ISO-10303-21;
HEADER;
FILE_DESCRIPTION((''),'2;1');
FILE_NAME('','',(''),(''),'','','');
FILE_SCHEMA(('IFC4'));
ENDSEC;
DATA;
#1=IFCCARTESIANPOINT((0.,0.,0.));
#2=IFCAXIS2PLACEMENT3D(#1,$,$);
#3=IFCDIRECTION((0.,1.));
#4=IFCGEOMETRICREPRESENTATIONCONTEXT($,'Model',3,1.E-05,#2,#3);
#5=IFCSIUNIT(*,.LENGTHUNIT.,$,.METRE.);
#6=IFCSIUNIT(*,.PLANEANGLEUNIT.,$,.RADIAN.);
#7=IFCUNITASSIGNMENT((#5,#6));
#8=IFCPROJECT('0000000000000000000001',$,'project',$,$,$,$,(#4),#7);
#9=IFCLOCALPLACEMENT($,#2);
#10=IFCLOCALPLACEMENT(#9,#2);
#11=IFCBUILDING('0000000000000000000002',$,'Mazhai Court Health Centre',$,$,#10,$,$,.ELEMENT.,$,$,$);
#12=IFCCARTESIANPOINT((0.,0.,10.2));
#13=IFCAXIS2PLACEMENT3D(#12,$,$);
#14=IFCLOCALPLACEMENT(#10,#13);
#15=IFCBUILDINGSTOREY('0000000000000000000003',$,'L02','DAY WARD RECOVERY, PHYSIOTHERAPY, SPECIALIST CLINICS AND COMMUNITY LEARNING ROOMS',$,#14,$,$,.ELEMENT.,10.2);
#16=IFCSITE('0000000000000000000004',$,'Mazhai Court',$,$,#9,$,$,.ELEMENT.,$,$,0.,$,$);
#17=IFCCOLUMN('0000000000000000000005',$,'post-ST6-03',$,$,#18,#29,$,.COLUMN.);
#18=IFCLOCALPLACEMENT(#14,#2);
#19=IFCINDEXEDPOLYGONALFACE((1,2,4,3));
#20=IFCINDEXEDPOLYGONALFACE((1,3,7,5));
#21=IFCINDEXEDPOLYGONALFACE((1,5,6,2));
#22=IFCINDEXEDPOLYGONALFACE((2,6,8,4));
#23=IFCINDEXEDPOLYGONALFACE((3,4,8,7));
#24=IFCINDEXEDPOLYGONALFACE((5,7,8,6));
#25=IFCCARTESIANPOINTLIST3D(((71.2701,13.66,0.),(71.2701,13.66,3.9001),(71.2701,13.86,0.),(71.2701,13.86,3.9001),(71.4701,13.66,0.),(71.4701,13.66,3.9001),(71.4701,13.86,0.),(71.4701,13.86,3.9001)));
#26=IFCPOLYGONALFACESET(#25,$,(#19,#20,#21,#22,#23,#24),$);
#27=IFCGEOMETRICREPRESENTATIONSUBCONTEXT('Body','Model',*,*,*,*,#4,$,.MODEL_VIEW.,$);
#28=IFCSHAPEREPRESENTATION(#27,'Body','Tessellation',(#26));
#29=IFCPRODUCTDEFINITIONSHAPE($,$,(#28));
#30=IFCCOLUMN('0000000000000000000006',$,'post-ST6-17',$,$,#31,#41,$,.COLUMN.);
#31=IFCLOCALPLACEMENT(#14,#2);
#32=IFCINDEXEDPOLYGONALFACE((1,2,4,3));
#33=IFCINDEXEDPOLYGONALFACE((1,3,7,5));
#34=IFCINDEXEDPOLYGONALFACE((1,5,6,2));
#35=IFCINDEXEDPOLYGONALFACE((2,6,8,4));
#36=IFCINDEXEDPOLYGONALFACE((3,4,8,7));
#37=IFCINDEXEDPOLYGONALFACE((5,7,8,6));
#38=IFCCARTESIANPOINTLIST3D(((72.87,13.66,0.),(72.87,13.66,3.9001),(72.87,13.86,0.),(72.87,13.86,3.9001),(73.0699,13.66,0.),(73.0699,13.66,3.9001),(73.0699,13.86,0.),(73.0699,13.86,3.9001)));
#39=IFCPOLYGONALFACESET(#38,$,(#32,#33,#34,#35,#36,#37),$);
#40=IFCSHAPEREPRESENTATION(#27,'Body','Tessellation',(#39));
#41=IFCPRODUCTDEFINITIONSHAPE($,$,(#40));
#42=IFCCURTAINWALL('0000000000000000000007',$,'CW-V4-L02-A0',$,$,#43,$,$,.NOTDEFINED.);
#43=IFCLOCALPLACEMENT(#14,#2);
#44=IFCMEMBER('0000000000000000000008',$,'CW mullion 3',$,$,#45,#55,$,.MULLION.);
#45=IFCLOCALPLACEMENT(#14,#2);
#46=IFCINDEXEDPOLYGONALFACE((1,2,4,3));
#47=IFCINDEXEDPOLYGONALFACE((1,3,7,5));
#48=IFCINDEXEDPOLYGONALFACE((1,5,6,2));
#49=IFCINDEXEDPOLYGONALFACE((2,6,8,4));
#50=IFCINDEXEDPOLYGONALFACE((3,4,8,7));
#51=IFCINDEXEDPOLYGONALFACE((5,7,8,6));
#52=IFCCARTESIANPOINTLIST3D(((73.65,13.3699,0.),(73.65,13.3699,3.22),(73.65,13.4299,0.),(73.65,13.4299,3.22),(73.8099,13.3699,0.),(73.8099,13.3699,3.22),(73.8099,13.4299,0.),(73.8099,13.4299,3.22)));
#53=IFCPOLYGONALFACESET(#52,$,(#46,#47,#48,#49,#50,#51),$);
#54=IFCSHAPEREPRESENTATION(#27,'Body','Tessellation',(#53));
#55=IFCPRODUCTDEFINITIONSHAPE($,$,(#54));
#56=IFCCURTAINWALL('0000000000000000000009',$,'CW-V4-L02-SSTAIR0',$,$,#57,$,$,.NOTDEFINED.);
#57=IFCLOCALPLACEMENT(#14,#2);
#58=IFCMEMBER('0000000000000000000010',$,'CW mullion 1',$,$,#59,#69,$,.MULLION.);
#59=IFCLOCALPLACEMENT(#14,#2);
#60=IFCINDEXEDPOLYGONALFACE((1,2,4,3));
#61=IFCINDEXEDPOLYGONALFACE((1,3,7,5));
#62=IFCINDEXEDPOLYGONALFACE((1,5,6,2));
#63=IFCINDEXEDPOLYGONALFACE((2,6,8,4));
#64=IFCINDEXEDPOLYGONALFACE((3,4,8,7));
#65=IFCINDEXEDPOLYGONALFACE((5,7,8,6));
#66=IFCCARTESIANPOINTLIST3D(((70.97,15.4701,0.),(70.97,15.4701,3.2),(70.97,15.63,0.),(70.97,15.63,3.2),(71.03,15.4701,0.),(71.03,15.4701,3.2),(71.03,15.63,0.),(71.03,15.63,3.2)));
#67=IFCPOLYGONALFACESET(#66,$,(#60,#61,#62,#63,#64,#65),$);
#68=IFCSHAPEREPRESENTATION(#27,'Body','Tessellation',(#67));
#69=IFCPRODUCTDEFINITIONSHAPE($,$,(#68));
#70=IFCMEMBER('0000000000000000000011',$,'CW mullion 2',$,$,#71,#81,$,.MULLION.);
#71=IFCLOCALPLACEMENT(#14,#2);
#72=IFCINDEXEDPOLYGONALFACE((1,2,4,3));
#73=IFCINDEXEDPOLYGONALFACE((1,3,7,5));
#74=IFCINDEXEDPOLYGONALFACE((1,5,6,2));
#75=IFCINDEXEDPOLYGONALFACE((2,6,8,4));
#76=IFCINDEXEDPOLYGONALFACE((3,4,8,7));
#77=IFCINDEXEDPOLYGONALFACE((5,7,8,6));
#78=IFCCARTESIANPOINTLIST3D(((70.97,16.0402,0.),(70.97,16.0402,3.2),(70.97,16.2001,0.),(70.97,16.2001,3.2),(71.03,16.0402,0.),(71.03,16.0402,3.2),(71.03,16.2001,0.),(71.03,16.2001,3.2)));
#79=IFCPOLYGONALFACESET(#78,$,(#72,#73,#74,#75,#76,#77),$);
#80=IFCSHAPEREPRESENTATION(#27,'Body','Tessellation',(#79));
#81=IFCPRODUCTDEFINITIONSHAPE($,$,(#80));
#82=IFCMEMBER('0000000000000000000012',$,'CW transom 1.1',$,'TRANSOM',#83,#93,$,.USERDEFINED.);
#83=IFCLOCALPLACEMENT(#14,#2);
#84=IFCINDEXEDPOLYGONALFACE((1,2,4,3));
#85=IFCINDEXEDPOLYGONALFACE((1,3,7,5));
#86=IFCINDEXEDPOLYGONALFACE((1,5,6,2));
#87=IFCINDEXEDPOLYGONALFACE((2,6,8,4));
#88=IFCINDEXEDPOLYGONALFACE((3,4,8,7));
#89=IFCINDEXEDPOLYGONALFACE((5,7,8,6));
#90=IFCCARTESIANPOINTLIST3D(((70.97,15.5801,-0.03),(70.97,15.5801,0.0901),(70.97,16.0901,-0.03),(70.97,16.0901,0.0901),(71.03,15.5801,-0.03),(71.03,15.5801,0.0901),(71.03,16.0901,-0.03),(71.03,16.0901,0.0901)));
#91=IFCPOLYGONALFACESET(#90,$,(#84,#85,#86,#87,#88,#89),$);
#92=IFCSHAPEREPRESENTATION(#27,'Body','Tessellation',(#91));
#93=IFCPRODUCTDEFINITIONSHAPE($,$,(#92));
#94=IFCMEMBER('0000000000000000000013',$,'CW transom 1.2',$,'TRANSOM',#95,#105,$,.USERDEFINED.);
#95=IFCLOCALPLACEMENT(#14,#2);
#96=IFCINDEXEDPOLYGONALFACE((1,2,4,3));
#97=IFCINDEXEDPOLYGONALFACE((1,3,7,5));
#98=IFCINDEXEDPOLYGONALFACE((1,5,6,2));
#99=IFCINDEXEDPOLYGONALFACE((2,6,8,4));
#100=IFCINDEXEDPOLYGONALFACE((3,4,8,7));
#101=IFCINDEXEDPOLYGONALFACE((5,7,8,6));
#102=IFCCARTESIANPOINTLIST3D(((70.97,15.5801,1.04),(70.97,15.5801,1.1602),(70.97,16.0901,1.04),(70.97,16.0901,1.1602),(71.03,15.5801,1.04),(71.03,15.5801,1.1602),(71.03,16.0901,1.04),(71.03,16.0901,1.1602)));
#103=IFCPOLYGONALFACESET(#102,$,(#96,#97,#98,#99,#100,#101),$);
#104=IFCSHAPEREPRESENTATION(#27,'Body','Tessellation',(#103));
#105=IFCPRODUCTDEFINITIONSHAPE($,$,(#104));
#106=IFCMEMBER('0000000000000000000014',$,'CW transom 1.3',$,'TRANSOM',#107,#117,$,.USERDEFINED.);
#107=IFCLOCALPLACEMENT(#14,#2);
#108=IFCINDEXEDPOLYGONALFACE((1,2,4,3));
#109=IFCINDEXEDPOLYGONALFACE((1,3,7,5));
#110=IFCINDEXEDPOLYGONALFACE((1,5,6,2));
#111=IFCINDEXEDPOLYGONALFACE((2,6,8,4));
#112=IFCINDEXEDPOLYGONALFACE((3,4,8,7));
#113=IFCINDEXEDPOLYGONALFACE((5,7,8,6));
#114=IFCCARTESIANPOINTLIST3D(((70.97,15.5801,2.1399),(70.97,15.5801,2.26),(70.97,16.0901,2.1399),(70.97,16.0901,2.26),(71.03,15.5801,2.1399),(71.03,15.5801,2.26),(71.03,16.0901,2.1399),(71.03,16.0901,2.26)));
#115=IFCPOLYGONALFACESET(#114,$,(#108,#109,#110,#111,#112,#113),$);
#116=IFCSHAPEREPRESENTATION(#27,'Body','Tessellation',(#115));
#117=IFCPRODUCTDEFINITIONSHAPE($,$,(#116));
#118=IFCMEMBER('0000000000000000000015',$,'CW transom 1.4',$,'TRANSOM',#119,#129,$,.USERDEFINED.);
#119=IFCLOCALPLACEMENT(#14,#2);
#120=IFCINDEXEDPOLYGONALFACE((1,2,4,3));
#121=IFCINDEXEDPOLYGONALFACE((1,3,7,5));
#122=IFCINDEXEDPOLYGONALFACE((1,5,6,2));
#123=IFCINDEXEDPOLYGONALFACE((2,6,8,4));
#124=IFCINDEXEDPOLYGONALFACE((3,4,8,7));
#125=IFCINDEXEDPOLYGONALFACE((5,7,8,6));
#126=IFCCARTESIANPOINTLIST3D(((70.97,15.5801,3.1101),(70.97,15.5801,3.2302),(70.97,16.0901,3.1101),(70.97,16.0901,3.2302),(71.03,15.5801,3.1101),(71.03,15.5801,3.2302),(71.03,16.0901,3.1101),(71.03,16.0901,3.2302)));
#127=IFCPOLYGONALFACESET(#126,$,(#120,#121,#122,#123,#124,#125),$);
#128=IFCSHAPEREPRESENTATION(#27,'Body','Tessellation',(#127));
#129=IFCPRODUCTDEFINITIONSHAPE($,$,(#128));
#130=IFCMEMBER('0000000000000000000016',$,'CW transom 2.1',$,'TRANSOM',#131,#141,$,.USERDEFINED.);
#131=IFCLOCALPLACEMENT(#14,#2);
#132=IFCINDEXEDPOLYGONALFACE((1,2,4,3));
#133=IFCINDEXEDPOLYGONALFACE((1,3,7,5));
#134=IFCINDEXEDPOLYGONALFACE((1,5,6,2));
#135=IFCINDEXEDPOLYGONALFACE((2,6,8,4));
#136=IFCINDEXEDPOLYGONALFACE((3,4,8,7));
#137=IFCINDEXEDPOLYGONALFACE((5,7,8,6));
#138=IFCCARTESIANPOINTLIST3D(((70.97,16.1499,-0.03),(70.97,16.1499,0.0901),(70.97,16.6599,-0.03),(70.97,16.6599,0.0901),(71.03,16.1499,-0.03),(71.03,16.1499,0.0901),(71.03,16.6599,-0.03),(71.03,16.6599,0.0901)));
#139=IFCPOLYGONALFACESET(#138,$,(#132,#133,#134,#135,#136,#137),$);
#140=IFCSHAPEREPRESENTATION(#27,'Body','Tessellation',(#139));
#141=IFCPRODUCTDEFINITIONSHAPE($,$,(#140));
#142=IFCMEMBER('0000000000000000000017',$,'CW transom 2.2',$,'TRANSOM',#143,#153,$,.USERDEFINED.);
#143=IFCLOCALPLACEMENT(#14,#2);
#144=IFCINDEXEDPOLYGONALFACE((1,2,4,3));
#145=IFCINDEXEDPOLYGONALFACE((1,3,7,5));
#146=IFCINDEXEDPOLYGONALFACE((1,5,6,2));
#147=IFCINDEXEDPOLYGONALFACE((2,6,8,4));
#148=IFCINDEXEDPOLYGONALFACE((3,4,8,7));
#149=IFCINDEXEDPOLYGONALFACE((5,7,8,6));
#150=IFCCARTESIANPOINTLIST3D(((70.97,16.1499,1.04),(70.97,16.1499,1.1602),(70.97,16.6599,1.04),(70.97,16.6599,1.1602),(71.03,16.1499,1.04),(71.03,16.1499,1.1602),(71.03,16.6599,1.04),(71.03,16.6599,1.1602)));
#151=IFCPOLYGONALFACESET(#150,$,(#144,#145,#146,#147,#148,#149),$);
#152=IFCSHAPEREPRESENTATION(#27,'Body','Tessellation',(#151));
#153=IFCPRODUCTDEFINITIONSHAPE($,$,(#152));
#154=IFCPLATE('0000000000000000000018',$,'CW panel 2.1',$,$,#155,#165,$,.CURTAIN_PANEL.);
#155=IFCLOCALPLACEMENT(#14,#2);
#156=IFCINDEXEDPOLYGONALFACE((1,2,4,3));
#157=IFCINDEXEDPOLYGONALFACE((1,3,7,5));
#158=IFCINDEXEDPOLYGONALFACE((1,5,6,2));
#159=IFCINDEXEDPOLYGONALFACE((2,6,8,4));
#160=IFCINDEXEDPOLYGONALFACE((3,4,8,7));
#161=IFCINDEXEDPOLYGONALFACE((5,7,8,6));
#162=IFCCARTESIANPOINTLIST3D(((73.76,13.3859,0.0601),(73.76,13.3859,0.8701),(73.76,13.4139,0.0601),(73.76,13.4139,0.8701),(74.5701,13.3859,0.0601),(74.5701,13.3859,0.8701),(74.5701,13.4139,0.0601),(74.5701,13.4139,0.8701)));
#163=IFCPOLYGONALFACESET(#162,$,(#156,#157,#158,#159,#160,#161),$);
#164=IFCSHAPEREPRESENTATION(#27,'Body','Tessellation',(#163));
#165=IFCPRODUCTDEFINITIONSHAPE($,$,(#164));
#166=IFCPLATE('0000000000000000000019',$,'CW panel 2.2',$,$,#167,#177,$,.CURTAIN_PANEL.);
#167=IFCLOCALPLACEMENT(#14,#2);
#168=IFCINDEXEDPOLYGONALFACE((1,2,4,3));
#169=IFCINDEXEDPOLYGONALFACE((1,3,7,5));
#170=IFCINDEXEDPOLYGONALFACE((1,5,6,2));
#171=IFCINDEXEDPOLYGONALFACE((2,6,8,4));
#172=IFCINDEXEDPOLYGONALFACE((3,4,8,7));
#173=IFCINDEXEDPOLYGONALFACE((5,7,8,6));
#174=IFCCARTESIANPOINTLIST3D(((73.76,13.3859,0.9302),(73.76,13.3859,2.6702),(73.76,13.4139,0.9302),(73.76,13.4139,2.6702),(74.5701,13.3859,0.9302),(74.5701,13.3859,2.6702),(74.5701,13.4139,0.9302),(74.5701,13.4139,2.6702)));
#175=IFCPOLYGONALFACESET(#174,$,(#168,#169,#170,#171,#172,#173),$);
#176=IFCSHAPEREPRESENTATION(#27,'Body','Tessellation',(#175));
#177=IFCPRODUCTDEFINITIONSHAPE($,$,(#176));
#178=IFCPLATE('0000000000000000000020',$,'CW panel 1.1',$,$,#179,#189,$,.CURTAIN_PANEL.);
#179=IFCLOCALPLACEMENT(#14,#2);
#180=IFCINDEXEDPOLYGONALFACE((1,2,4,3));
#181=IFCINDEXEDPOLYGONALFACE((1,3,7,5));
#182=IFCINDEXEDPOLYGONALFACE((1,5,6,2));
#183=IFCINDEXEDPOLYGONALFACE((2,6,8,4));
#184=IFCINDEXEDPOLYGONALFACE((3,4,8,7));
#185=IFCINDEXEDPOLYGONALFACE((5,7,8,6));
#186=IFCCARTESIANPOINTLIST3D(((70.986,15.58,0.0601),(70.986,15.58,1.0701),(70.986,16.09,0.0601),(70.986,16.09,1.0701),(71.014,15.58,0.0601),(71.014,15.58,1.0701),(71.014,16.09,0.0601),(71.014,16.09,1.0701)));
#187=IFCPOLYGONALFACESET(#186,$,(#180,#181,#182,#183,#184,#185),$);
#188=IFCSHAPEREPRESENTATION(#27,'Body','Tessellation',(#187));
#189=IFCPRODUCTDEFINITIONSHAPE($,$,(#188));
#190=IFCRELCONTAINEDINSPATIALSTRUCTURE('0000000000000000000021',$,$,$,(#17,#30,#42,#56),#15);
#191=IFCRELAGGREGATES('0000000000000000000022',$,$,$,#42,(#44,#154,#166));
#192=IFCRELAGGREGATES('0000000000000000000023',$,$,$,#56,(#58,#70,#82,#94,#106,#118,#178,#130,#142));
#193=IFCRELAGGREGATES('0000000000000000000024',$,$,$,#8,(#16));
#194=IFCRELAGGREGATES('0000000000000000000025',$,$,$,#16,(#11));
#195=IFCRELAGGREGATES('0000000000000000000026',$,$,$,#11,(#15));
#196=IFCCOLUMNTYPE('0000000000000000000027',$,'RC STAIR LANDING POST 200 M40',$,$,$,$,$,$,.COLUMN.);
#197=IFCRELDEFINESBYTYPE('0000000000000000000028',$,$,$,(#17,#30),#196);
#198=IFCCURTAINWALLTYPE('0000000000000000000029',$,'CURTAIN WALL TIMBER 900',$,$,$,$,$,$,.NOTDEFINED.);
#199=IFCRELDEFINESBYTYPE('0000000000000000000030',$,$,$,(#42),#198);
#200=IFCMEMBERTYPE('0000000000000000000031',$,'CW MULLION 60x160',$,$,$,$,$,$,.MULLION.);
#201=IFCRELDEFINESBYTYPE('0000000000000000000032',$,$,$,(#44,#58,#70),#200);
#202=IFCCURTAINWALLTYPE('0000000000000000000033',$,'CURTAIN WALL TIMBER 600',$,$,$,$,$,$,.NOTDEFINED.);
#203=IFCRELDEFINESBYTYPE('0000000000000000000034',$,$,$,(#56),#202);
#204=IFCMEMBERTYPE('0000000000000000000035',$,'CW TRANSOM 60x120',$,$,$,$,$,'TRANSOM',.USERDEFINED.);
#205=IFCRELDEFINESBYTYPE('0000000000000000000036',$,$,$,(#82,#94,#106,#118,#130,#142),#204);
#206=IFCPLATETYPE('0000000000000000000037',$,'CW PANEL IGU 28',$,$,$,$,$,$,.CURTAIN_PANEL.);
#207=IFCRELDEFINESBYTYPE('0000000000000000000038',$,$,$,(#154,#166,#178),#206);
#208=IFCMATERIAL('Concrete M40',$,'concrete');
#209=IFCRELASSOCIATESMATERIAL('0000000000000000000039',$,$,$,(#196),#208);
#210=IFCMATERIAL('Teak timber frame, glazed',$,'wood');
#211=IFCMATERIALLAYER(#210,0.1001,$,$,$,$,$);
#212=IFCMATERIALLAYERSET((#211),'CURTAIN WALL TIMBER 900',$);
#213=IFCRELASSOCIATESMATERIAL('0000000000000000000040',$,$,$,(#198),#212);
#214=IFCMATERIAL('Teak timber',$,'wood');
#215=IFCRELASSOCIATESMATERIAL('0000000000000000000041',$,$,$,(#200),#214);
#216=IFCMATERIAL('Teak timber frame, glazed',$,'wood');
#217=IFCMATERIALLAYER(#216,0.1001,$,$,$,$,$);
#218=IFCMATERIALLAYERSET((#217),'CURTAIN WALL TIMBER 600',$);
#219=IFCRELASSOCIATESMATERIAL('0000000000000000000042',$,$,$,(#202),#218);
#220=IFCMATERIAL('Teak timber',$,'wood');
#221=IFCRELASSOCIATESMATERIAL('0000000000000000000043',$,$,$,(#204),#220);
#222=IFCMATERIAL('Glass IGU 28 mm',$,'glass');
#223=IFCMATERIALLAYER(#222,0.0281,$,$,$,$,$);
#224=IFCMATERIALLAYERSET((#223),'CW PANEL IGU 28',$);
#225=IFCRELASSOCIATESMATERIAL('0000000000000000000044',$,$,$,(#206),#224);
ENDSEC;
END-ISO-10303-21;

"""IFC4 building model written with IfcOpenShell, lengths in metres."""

from ifc_helpers import new_model, si_unit, direction, frame, origin, origin_2d, place, context, subcontext, project, spatial, rectangle, extrude, material, layer, layer_set, material_profile, profile_set, type_object, element, aggregate, save


model = new_model("IFC4")

# Units and contexts
model_context = context("Model", 3, precision=1e-05, world=origin(), true_north=direction((0.0, 1.0)))
body_context = subcontext(model_context, "Body", "Model", "MODEL_VIEW")
ifc_project = project(units=[si_unit("LENGTHUNIT", "METRE"), si_unit("PLANEANGLEUNIT", "RADIAN")], contexts=[model_context])

# Site, building, storey
site_placement = place(None, origin())
site = spatial("IfcSite", under=ifc_project, at=site_placement, Name="Mazhai Court", CompositionType="ELEMENT", RefElevation=0.0)
building_placement = place(site_placement, origin())
building = spatial("IfcBuilding", under=site, at=building_placement, Name="Mazhai Court Health Centre", CompositionType="ELEMENT")
storey_placement = place(building_placement, frame((0.0, 0.0, 10.2)))
storey = spatial("IfcBuildingStorey", under=building, at=storey_placement, Name="L02", Description="DAY WARD RECOVERY, PHYSIOTHERAPY, SPECIALIST CLINICS AND COMMUNITY LEARNING ROOMS", CompositionType="ELEMENT", Elevation=10.2)

# Columns
ifc_material_1 = material(Name="Concrete M40", Category="concrete")
ifc_material_profile_1 = material_profile(ifc_material_1, rectangle(XDim=0.2, YDim=0.2, at=origin_2d()), Name="RC 200x200")
ifc_profile_set_1 = profile_set([ifc_material_profile_1], Name="Concrete M40")
column_type = type_object("IfcColumnType", Name="RC STAIR LANDING POST 200 M40", PredefinedType="COLUMN", material=ifc_profile_set_1)
for number, where, z_axis, x_axis, name in (
    (1, (71.3701, 13.76, 0.0), (0.0, 0.0, 1.0), (1.0, 0.0, 0.0), "post-ST6-03"),
    (2, (72.97, 13.76, 0.0), (0.0, 0.0, 1.0), (1.0, 0.0, 0.0), "post-ST6-17"),
):
    element("IfcColumn", number, at=place(storey_placement, frame(where, z_axis=z_axis, x_axis=x_axis)), inside=storey, type_object=column_type, Name=name, PredefinedType="COLUMN", context=body_context, shape_type="SweptSolid", body=[
        extrude(rectangle(XDim=0.2, YDim=0.2, at=origin_2d()), origin(), (0.0, 0.0, 1.0), 3.9001),
    ])

# Curtain wall, member
ifc_material_2 = material(Name="Teak timber frame, glazed", Category="wood")
ifc_layer_1 = layer(ifc_material_2, 0.1001)
ifc_layer_set_1 = layer_set([ifc_layer_1], Name="CURTAIN WALL TIMBER 900")
curtain_wall_type_1 = type_object("IfcCurtainWallType", Name="CURTAIN WALL TIMBER 900", PredefinedType="NOTDEFINED", material=ifc_layer_set_1)
curtain_wall_1_placement = place(storey_placement, origin())
curtain_wall_1 = element("IfcCurtainWall", 3, at=curtain_wall_1_placement, inside=storey, type_object=curtain_wall_type_1, Name="CW-V4-L02-A0", PredefinedType="NOTDEFINED")
ifc_material_3 = material(Name="Teak timber", Category="wood")
ifc_material_profile_2 = material_profile(ifc_material_3, rectangle(XDim=0.0601, YDim=0.1599, at=origin_2d()), Name="CW MULLION 60x160")
ifc_profile_set_2 = profile_set([ifc_material_profile_2], Name="Teak timber")
member_type_1 = type_object("IfcMemberType", Name="CW MULLION 60x160", PredefinedType="MULLION", material=ifc_profile_set_2)
member_1_placement = place(storey_placement, frame((73.73, 13.3999, 0.0), z_axis=(0.0, 0.0, 1.0), x_axis=(0.0, -1.0, 0.0)))
member_1 = element("IfcMember", 4, at=member_1_placement, type_object=member_type_1, Name="CW mullion 3", PredefinedType="MULLION", context=body_context, shape_type="SweptSolid", body=[
    extrude(rectangle(XDim=0.0601, YDim=0.1599, at=origin_2d()), origin(), (0.0, 0.0, 1.0), 3.22),
])

# Curtain wall, members
ifc_material_4 = material(Name="Teak timber frame, glazed", Category="wood")
ifc_layer_2 = layer(ifc_material_4, 0.1001)
ifc_layer_set_2 = layer_set([ifc_layer_2], Name="CURTAIN WALL TIMBER 600")
curtain_wall_type_2 = type_object("IfcCurtainWallType", Name="CURTAIN WALL TIMBER 600", PredefinedType="NOTDEFINED", material=ifc_layer_set_2)
curtain_wall_2_placement = place(storey_placement, origin())
curtain_wall_2 = element("IfcCurtainWall", 5, at=curtain_wall_2_placement, inside=storey, type_object=curtain_wall_type_2, Name="CW-V4-L02-SSTAIR0", PredefinedType="NOTDEFINED")
member_2_placement = place(storey_placement, frame((71.0, 15.55, 0.0), z_axis=(0.0, 0.0, 1.0), x_axis=(-1.0, 0.0, 0.0)))
member_2 = element("IfcMember", 6, at=member_2_placement, type_object=member_type_1, Name="CW mullion 1", PredefinedType="MULLION", context=body_context, shape_type="SweptSolid", body=[
    extrude(rectangle(XDim=0.0601, YDim=0.1599, at=origin_2d()), origin(), (0.0, 0.0, 1.0), 3.2),
])
member_3_placement = place(storey_placement, frame((71.0, 16.1201, 0.0), z_axis=(0.0, 0.0, 1.0), x_axis=(-1.0, 0.0, 0.0)))
member_3 = element("IfcMember", 7, at=member_3_placement, type_object=member_type_1, Name="CW mullion 2", PredefinedType="MULLION", context=body_context, shape_type="SweptSolid", body=[
    extrude(rectangle(XDim=0.0601, YDim=0.1599, at=origin_2d()), origin(), (0.0, 0.0, 1.0), 3.2),
])
ifc_material_5 = material(Name="Teak timber", Category="wood")
ifc_material_profile_3 = material_profile(ifc_material_5, rectangle(XDim=0.0601, YDim=0.1201, at=origin_2d()), Name="CW TRANSOM 60x120")
ifc_profile_set_3 = profile_set([ifc_material_profile_3], Name="Teak timber")
member_type_2 = type_object("IfcMemberType", Name="CW TRANSOM 60x120", ElementType="TRANSOM", PredefinedType="USERDEFINED", material=ifc_profile_set_3)
member_4_placement = place(storey_placement, frame((71.0, 15.5801, 0.03), z_axis=(0.0, 1.0, 0.0), x_axis=(-1.0, 0.0, 0.0)))
member_4 = element("IfcMember", 8, at=member_4_placement, type_object=member_type_2, Name="CW transom 1.1", ObjectType="TRANSOM", PredefinedType="USERDEFINED", context=body_context, shape_type="SweptSolid", body=[
    extrude(rectangle(XDim=0.0601, YDim=0.1201, at=origin_2d()), origin(), (0.0, 0.0, 1.0), 0.51),
])
member_5_placement = place(storey_placement, frame((71.0, 15.5801, 1.1001), z_axis=(0.0, 1.0, 0.0), x_axis=(-1.0, 0.0, 0.0)))
member_5 = element("IfcMember", 9, at=member_5_placement, type_object=member_type_2, Name="CW transom 1.2", ObjectType="TRANSOM", PredefinedType="USERDEFINED", context=body_context, shape_type="SweptSolid", body=[
    extrude(rectangle(XDim=0.0601, YDim=0.1201, at=origin_2d()), origin(), (0.0, 0.0, 1.0), 0.51),
])
member_6_placement = place(storey_placement, frame((71.0, 15.5801, 2.2), z_axis=(0.0, 1.0, 0.0), x_axis=(-1.0, 0.0, 0.0)))
member_6 = element("IfcMember", 10, at=member_6_placement, type_object=member_type_2, Name="CW transom 1.3", ObjectType="TRANSOM", PredefinedType="USERDEFINED", context=body_context, shape_type="SweptSolid", body=[
    extrude(rectangle(XDim=0.0601, YDim=0.1201, at=origin_2d()), origin(), (0.0, 0.0, 1.0), 0.51),
])
member_7_placement = place(storey_placement, frame((71.0, 15.5801, 3.1702), z_axis=(0.0, 1.0, 0.0), x_axis=(-1.0, 0.0, 0.0)))
member_7 = element("IfcMember", 11, at=member_7_placement, type_object=member_type_2, Name="CW transom 1.4", ObjectType="TRANSOM", PredefinedType="USERDEFINED", context=body_context, shape_type="SweptSolid", body=[
    extrude(rectangle(XDim=0.0601, YDim=0.1201, at=origin_2d()), origin(), (0.0, 0.0, 1.0), 0.51),
])
member_8_placement = place(storey_placement, frame((71.0, 16.1499, 0.03), z_axis=(0.0, 1.0, 0.0), x_axis=(-1.0, 0.0, 0.0)))
member_8 = element("IfcMember", 12, at=member_8_placement, type_object=member_type_2, Name="CW transom 2.1", ObjectType="TRANSOM", PredefinedType="USERDEFINED", context=body_context, shape_type="SweptSolid", body=[
    extrude(rectangle(XDim=0.0601, YDim=0.1201, at=origin_2d()), origin(), (0.0, 0.0, 1.0), 0.51),
])
member_9_placement = place(storey_placement, frame((71.0, 16.1499, 1.1001), z_axis=(0.0, 1.0, 0.0), x_axis=(-1.0, 0.0, 0.0)))
member_9 = element("IfcMember", 13, at=member_9_placement, type_object=member_type_2, Name="CW transom 2.2", ObjectType="TRANSOM", PredefinedType="USERDEFINED", context=body_context, shape_type="SweptSolid", body=[
    extrude(rectangle(XDim=0.0601, YDim=0.1201, at=origin_2d()), origin(), (0.0, 0.0, 1.0), 0.51),
])

# Plates
ifc_material_6 = material(Name="Glass IGU 28 mm", Category="glass")
ifc_layer_3 = layer(ifc_material_6, 0.0281)
ifc_layer_set_3 = layer_set([ifc_layer_3], Name="CW PANEL IGU 28")
plate_type = type_object("IfcPlateType", Name="CW PANEL IGU 28", PredefinedType="CURTAIN_PANEL", material=ifc_layer_set_3)
plate_1_placement = place(storey_placement, frame((74.165, 13.3999, 0.0601), z_axis=(0.0, 0.0, 1.0), x_axis=(-1.0, 0.0, 0.0)))
plate_1 = element("IfcPlate", 14, at=plate_1_placement, type_object=plate_type, Name="CW panel 2.1", PredefinedType="CURTAIN_PANEL", context=body_context, shape_type="SweptSolid", body=[
    extrude(rectangle(XDim=0.8101, YDim=0.0281, at=origin_2d()), origin(), (0.0, 0.0, 1.0), 0.8101),
])
plate_2_placement = place(storey_placement, frame((74.165, 13.3999, 0.9302), z_axis=(0.0, 0.0, 1.0), x_axis=(-1.0, 0.0, 0.0)))
plate_2 = element("IfcPlate", 15, at=plate_2_placement, type_object=plate_type, Name="CW panel 2.2", PredefinedType="CURTAIN_PANEL", context=body_context, shape_type="SweptSolid", body=[
    extrude(rectangle(XDim=0.8101, YDim=0.0281, at=origin_2d()), origin(), (0.0, 0.0, 1.0), 1.74),
])
aggregate(curtain_wall_1, [member_1, plate_1, plate_2])
plate_3_placement = place(storey_placement, frame((71.0, 15.835, 0.0601), z_axis=(0.0, 0.0, 1.0), x_axis=(0.0, 1.0, 0.0)))
plate_3 = element("IfcPlate", 16, at=plate_3_placement, type_object=plate_type, Name="CW panel 1.1", PredefinedType="CURTAIN_PANEL", context=body_context, shape_type="SweptSolid", body=[
    extrude(rectangle(XDim=0.51, YDim=0.0281, at=origin_2d()), origin(), (0.0, 0.0, 1.0), 1.01),
])
aggregate(curtain_wall_2, [member_2, member_3, member_4, member_5, member_6, member_7, plate_3, member_8, member_9])

save(model, "model.ifc")
